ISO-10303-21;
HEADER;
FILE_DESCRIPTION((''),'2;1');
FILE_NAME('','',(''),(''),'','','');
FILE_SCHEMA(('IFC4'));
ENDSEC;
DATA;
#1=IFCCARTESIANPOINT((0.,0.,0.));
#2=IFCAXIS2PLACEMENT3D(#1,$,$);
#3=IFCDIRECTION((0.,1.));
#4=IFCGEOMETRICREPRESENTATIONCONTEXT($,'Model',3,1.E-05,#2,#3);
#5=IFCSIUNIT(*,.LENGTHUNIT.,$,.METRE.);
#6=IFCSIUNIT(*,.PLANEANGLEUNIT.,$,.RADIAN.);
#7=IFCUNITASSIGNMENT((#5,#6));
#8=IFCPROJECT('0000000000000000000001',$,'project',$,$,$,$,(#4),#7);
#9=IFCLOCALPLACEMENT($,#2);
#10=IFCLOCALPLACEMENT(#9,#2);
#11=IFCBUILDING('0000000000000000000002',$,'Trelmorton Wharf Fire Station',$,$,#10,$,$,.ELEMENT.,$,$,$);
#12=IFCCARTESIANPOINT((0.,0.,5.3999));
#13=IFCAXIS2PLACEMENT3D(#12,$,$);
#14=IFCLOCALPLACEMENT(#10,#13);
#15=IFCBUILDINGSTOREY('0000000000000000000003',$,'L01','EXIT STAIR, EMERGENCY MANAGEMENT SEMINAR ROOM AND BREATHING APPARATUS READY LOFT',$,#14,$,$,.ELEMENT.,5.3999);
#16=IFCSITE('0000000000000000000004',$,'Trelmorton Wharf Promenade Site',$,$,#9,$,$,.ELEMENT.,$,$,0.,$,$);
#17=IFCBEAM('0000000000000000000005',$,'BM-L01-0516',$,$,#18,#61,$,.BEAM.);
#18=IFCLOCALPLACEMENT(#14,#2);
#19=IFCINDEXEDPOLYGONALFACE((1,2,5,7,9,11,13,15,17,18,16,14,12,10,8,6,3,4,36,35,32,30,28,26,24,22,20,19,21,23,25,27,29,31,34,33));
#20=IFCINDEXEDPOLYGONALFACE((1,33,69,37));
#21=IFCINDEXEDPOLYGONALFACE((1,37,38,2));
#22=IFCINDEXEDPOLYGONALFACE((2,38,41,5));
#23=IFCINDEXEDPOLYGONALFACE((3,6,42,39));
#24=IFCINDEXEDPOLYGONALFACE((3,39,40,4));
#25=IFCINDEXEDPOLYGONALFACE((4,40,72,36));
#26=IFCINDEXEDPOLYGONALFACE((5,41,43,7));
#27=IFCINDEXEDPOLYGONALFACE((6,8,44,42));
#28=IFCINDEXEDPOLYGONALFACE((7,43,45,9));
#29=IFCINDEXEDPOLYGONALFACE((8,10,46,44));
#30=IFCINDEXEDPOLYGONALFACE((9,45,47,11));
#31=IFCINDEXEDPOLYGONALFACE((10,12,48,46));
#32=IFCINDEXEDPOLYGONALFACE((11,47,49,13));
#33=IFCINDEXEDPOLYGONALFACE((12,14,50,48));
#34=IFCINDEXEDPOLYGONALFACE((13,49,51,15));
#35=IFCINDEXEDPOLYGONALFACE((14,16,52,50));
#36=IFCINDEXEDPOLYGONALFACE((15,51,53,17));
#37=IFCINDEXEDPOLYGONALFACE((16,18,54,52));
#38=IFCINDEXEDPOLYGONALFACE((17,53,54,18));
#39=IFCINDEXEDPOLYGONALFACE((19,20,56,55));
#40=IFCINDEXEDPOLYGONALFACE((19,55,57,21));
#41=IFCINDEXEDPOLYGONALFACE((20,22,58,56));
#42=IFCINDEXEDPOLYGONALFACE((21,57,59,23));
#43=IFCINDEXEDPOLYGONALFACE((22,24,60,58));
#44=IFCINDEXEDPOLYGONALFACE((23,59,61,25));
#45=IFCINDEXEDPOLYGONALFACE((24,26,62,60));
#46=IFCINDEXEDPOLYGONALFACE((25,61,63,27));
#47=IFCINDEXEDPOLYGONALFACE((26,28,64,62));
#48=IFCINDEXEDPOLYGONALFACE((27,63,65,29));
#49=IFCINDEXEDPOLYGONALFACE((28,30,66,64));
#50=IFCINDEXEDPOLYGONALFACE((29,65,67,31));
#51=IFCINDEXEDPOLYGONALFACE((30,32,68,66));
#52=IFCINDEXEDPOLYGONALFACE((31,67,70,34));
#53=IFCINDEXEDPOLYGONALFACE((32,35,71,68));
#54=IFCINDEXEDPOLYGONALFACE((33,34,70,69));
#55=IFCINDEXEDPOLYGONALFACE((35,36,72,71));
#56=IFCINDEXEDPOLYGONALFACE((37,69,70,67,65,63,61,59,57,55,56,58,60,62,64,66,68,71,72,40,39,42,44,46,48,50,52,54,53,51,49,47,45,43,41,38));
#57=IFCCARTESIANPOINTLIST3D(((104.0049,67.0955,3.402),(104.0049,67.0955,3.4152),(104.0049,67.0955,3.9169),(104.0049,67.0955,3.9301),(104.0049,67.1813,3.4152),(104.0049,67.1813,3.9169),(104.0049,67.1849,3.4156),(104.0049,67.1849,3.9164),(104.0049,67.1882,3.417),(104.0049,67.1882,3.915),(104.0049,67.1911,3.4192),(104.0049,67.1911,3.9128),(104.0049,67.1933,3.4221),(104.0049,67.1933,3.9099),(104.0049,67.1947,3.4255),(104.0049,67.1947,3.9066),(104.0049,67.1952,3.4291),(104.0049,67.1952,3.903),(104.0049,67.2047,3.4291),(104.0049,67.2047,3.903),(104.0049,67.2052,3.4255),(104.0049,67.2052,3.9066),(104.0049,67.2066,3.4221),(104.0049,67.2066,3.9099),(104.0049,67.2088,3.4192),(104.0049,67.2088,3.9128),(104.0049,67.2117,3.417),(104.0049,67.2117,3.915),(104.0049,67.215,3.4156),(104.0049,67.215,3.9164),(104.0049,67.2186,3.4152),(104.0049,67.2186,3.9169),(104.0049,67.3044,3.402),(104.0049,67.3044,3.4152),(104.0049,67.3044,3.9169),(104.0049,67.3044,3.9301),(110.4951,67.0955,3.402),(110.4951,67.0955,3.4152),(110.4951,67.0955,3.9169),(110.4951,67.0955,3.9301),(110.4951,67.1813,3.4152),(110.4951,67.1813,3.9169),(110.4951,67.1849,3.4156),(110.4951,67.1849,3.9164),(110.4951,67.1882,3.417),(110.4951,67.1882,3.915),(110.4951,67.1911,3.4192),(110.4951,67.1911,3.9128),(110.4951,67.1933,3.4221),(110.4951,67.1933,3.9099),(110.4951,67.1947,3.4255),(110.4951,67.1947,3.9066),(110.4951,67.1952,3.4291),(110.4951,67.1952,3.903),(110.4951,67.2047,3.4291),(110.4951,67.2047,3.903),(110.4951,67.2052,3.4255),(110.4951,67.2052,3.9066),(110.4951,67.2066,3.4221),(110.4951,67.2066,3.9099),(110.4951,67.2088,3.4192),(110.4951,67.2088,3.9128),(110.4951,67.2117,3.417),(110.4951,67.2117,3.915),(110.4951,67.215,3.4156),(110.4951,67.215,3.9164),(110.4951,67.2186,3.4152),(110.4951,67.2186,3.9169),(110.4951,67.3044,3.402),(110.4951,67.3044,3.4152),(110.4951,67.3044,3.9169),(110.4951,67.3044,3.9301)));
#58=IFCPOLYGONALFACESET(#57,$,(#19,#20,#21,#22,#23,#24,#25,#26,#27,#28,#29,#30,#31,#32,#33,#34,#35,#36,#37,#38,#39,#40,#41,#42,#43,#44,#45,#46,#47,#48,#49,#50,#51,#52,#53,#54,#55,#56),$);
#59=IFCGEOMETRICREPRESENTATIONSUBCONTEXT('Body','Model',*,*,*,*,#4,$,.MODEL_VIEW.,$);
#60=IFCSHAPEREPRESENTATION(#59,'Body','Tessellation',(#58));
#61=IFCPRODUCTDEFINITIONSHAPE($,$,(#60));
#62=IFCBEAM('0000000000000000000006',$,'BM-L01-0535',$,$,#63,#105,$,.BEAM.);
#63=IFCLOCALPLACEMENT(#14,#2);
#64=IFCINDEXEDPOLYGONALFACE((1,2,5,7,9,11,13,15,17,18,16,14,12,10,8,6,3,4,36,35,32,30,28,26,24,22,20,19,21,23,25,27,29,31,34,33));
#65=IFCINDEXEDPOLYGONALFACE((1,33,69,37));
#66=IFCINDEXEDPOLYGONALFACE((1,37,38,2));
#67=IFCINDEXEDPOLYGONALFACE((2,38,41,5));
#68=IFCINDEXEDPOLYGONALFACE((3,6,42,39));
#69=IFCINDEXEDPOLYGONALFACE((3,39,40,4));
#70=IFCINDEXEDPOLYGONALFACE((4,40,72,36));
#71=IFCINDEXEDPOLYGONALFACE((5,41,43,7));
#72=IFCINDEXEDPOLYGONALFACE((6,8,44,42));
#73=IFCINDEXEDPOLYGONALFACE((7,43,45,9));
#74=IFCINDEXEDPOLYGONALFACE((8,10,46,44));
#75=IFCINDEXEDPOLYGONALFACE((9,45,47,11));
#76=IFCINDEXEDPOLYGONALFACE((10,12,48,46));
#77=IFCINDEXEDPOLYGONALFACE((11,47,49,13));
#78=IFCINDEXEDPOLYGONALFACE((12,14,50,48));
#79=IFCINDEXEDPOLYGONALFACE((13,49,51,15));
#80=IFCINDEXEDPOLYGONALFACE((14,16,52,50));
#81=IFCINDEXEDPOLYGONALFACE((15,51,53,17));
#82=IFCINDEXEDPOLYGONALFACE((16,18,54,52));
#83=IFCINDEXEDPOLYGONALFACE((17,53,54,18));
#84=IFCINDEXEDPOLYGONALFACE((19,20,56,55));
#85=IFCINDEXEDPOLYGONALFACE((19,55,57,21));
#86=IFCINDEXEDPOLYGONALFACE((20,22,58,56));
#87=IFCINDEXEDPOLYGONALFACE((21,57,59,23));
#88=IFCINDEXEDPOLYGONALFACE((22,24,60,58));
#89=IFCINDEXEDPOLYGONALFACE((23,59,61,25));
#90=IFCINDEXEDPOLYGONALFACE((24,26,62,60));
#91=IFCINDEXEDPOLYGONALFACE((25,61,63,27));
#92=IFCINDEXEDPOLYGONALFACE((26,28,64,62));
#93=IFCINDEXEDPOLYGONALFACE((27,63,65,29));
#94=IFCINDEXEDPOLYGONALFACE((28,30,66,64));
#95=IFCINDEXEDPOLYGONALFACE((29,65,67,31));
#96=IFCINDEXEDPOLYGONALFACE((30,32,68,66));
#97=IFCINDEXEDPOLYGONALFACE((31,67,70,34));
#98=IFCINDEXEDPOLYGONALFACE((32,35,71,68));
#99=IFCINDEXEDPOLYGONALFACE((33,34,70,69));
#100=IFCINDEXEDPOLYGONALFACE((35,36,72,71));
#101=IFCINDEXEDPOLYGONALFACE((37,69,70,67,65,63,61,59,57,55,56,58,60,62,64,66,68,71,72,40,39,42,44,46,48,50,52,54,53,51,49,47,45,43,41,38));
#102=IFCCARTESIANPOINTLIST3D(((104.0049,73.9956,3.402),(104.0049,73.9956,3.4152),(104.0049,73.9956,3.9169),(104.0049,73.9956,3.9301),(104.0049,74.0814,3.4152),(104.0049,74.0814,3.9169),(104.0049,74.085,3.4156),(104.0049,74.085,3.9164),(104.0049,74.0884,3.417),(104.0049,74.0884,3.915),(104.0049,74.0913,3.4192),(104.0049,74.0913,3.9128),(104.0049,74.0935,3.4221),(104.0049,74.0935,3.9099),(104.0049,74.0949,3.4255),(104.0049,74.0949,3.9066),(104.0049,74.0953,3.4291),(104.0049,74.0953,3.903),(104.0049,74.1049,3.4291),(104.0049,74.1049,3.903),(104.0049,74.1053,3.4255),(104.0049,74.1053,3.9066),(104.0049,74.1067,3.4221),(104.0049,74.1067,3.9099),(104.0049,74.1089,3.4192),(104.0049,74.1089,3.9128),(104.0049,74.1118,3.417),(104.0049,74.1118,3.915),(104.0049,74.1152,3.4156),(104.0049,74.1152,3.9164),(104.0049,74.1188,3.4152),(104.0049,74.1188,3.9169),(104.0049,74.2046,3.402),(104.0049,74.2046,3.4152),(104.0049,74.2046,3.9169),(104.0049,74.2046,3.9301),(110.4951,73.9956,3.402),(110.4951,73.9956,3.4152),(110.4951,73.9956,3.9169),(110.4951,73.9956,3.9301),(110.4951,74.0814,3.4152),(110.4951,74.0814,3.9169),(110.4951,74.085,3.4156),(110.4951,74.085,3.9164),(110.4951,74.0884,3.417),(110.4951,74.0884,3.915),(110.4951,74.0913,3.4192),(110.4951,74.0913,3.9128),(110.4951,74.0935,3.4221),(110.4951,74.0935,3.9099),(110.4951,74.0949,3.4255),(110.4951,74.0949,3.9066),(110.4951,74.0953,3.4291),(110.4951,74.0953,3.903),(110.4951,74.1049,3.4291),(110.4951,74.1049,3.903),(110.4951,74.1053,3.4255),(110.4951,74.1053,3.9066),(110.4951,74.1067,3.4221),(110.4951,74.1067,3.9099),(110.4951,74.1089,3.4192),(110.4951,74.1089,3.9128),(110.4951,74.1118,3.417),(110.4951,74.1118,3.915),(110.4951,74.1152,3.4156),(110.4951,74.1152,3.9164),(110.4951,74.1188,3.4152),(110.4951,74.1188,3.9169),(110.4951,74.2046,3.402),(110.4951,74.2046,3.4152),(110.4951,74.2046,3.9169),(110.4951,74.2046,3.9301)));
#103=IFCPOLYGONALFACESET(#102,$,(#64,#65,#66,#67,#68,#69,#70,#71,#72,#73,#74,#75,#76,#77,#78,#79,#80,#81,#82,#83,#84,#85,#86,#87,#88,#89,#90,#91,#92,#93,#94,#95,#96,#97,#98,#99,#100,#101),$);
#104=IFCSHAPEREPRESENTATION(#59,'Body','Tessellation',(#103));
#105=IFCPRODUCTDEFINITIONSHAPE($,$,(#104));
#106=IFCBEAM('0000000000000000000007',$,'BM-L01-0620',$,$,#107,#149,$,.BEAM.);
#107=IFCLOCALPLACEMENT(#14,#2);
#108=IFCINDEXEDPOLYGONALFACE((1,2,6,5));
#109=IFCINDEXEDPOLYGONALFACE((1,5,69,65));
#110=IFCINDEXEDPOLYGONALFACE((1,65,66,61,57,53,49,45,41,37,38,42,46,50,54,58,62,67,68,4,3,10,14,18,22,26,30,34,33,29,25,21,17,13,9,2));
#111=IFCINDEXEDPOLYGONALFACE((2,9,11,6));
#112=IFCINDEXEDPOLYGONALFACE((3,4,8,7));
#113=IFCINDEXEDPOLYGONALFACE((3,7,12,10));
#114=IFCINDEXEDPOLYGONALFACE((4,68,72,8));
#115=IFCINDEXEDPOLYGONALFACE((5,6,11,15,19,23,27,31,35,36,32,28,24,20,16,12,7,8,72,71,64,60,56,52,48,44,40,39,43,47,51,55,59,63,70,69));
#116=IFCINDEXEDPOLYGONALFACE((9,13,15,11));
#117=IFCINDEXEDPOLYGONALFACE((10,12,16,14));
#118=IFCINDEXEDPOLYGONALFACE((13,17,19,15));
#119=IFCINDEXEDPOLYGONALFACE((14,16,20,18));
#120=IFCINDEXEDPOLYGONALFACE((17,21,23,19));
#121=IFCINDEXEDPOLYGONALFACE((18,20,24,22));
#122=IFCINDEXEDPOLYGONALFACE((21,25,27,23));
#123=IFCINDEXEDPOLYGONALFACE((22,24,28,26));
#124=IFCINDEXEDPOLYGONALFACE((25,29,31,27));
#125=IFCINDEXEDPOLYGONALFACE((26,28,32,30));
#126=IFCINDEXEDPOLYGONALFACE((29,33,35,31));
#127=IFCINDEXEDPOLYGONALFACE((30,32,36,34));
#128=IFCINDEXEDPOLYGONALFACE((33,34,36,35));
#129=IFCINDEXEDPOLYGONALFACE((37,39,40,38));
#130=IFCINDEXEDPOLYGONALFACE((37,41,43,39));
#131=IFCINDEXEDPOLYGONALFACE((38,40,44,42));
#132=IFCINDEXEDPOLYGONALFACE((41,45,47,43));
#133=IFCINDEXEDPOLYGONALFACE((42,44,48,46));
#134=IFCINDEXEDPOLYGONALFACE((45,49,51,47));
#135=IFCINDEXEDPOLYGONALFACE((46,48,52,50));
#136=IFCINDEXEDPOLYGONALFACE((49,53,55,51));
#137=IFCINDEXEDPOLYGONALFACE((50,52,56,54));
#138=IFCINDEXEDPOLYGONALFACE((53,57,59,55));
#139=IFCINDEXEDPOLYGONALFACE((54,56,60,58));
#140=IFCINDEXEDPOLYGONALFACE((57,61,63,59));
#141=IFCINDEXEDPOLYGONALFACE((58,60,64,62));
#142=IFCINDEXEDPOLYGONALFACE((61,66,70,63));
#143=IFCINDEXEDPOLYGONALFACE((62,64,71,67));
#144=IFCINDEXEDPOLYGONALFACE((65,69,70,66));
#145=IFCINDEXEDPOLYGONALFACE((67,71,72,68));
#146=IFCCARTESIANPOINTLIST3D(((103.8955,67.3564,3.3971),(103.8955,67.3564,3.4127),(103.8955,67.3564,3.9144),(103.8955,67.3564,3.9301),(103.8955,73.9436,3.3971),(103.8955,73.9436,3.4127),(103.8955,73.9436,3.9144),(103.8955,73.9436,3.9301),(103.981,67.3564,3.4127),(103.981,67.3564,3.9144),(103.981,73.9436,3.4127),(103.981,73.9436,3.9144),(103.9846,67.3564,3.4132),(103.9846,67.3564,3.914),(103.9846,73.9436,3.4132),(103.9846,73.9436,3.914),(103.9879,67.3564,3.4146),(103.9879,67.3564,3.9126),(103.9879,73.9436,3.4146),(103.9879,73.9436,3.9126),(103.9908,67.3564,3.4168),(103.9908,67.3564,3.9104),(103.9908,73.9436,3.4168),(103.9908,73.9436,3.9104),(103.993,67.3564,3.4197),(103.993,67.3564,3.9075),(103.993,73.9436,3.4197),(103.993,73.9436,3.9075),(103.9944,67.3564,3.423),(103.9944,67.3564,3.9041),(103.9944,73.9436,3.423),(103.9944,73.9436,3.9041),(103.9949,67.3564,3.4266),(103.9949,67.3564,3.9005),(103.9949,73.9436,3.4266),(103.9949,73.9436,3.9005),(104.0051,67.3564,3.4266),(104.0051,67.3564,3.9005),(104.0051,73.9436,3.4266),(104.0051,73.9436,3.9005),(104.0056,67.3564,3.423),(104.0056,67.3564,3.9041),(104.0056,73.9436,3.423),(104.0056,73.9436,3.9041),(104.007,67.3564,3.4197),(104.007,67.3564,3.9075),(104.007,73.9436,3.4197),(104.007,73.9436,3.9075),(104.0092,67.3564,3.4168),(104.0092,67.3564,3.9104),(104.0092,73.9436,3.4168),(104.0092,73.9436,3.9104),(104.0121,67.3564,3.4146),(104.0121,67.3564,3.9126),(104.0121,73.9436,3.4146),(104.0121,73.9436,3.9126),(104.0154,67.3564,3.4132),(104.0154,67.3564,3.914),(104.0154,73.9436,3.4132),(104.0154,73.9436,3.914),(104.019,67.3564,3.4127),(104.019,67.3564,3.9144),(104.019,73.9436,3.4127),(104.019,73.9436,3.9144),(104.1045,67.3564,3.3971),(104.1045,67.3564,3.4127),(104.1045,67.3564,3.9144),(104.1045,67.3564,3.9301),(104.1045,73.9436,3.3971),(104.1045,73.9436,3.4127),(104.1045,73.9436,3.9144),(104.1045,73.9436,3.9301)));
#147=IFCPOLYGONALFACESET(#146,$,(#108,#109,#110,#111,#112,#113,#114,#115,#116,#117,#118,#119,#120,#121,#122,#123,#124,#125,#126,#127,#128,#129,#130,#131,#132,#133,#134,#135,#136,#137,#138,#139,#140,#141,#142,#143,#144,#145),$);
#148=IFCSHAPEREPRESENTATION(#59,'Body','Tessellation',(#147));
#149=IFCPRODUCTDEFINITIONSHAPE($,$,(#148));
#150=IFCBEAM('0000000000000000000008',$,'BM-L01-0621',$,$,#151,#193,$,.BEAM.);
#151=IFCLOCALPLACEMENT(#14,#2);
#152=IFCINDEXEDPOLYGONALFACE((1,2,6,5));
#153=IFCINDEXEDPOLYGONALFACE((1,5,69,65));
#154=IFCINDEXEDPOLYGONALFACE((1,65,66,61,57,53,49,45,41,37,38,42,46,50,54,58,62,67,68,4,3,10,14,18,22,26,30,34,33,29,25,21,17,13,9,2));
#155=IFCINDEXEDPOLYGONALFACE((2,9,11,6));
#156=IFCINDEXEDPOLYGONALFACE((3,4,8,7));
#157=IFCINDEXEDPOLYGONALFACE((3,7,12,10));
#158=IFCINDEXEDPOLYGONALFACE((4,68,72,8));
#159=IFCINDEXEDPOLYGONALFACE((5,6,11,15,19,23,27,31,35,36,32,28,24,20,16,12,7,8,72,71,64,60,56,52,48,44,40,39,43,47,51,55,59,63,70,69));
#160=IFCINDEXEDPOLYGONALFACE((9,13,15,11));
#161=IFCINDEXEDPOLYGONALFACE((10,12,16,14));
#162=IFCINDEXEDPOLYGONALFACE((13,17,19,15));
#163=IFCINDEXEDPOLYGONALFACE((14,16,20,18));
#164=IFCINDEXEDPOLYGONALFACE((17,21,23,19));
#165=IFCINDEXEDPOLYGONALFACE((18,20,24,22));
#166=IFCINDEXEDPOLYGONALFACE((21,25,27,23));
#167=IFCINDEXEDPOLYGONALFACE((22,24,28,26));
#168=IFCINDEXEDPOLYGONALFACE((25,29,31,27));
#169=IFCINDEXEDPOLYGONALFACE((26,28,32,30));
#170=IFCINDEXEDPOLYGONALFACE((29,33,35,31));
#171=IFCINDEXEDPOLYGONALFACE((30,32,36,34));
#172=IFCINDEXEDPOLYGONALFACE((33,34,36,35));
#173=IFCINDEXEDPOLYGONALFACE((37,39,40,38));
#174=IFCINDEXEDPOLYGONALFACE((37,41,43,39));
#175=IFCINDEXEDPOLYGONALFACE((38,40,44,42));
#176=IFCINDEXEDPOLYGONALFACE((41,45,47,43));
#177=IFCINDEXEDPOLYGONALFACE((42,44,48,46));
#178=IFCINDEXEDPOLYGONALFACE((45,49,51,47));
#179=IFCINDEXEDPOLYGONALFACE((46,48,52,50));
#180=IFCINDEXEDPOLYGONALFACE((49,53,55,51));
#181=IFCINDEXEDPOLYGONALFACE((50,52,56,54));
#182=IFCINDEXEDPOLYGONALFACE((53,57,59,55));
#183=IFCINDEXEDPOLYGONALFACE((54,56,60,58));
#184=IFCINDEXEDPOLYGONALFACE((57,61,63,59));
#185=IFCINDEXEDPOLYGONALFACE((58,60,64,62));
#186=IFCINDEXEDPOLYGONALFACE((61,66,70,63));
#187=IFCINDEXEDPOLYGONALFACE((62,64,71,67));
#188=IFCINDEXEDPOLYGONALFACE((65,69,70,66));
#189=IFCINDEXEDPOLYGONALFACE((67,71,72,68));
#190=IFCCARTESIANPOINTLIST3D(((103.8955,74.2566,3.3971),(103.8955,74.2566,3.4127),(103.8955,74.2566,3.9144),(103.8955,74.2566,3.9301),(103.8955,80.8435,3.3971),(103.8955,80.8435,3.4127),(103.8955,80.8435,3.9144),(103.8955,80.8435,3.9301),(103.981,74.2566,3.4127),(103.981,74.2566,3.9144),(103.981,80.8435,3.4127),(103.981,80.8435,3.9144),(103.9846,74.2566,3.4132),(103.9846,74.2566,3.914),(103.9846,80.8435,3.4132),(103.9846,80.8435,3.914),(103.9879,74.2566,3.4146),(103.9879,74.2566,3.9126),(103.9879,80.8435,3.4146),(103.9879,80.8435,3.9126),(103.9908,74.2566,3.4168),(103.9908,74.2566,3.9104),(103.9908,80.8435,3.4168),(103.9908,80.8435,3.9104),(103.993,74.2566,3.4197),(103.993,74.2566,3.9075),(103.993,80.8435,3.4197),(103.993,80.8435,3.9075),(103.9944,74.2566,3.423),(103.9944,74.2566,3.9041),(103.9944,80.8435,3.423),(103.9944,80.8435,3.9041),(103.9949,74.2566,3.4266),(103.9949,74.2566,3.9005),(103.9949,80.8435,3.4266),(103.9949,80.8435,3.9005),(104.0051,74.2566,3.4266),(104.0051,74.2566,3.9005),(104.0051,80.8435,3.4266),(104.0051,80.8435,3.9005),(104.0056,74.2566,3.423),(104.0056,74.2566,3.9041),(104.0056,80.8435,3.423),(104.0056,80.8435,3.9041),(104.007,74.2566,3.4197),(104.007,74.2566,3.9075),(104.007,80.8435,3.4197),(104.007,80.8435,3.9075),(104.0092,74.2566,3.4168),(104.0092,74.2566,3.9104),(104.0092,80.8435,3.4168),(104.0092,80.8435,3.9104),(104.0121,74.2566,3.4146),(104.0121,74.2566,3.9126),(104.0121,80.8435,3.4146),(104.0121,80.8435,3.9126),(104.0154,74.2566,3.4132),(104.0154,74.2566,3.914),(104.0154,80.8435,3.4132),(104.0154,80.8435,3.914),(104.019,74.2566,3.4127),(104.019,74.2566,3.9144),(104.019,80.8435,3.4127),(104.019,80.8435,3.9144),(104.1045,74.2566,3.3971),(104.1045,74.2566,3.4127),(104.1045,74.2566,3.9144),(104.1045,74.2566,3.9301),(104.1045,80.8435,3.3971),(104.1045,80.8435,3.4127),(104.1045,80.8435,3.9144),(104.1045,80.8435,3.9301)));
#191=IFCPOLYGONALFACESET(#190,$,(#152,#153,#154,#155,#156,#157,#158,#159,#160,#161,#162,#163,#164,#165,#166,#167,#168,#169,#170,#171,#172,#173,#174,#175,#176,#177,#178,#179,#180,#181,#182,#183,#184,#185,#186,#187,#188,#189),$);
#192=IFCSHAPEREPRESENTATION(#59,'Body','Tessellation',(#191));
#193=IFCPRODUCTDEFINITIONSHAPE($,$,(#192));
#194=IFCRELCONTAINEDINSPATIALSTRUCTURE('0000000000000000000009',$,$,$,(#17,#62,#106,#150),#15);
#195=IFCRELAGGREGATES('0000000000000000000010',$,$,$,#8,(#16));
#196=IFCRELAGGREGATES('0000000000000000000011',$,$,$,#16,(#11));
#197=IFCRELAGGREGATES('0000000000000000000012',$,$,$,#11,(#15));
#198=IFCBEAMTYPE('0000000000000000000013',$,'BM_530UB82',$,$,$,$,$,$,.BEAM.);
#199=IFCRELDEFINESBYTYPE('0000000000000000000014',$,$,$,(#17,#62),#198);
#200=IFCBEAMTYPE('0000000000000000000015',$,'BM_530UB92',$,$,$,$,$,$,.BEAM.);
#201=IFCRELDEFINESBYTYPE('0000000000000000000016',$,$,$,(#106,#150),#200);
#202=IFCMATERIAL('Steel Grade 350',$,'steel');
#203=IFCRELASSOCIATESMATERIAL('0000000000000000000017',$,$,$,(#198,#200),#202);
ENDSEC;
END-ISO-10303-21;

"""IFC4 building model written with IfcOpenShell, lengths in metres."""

from ifc_helpers import new_model, si_unit, direction, frame, origin, origin_2d, place, context, subcontext, project, spatial, i_section, extrude, material, material_profile, profile_set, type_object, element, save


model = new_model("IFC4")

# Units and contexts
model_context = context("Model", 3, precision=1e-05, world=origin(), true_north=direction((0.0, 1.0)))
body_context = subcontext(model_context, "Body", "Model", "MODEL_VIEW")
ifc_project = project(units=[si_unit("LENGTHUNIT", "METRE"), si_unit("PLANEANGLEUNIT", "RADIAN")], contexts=[model_context])

# Site, building, storey
site_placement = place(None, origin())
site = spatial("IfcSite", under=ifc_project, at=site_placement, Name="Trelmorton Wharf Promenade Site", CompositionType="ELEMENT", RefElevation=0.0)
building_placement = place(site_placement, origin())
building = spatial("IfcBuilding", under=site, at=building_placement, Name="Trelmorton Wharf Fire Station", CompositionType="ELEMENT")
storey_placement = place(building_placement, frame((0.0, 0.0, 5.3999)))
storey = spatial("IfcBuildingStorey", under=building, at=storey_placement, Name="L01", Description="EXIT STAIR, EMERGENCY MANAGEMENT SEMINAR ROOM AND BREATHING APPARATUS READY LOFT", CompositionType="ELEMENT", Elevation=5.3999)

# Shared definitions
ifc_material_1 = material(Name="Steel Grade 350", Category="steel")

# Beams
ifc_material_profile_1 = material_profile(ifc_material_1, i_section(OverallWidth=0.209, OverallDepth=0.5281, WebThickness=0.0095, FlangeThickness=0.0132, FilletRadius=0.0139, at=origin_2d()), Name="530UB82.0")
ifc_profile_set_1 = profile_set([ifc_material_profile_1], Name="Steel Grade 350")
beam_type_1 = type_object("IfcBeamType", Name="BM_530UB82", PredefinedType="BEAM", material=ifc_profile_set_1)
for number, where, z_axis, x_axis, name in (
    (1, (104.0049, 67.2, 3.666), (1.0, 0.0, 0.0), (0.0, 1.0, 0.0), "BM-L01-0516"),
    (2, (104.0049, 74.1001, 3.666), (1.0, 0.0, 0.0), (0.0, 1.0, 0.0), "BM-L01-0535"),
):
    element("IfcBeam", number, at=place(storey_placement, frame(where, z_axis=z_axis, x_axis=x_axis)), inside=storey, type_object=beam_type_1, Name=name, PredefinedType="BEAM", context=body_context, shape_type="SweptSolid", body=[
        extrude(i_section(OverallWidth=0.209, OverallDepth=0.5281, WebThickness=0.0095, FlangeThickness=0.0132, FilletRadius=0.0139, at=origin_2d()), origin(), (0.0, 0.0, 1.0), 6.4902),
    ])
ifc_material_profile_2 = material_profile(ifc_material_1, i_section(OverallWidth=0.209, OverallDepth=0.533, WebThickness=0.0103, FlangeThickness=0.0156, FilletRadius=0.0139, at=origin_2d()), Name="530UB92.4")
ifc_profile_set_2 = profile_set([ifc_material_profile_2], Name="Steel Grade 350")
beam_type_2 = type_object("IfcBeamType", Name="BM_530UB92", PredefinedType="BEAM", material=ifc_profile_set_2)
beam_placement = place(storey_placement, frame((104.0, 67.3564, 3.6636), z_axis=(0.0, 1.0, 0.0), x_axis=(-1.0, 0.0, 0.0)))
element("IfcBeam", 3, at=beam_placement, inside=storey, type_object=beam_type_2, Name="BM-L01-0620", PredefinedType="BEAM", context=body_context, shape_type="SweptSolid", body=[
    extrude(i_section(OverallWidth=0.209, OverallDepth=0.533, WebThickness=0.0103, FlangeThickness=0.0156, FilletRadius=0.0139, at=origin_2d()), origin(), (0.0, 0.0, 1.0), 6.5872),
])
for number, where, z_axis, x_axis, name in (
    (4, (104.0, 74.2566, 3.6636), (0.0, 1.0, 0.0), (-1.0, 0.0, 0.0), "BM-L01-0621"),
):
    element("IfcBeam", number, at=place(storey_placement, frame(where, z_axis=z_axis, x_axis=x_axis)), inside=storey, type_object=beam_type_2, Name=name, PredefinedType="BEAM", context=body_context, shape_type="SweptSolid", body=[
        extrude(i_section(OverallWidth=0.209, OverallDepth=0.533, WebThickness=0.0103, FlangeThickness=0.0156, FilletRadius=0.0139, at=origin_2d()), origin(), (0.0, 0.0, 1.0), 6.5869),
    ])

save(model, "model.ifc")
